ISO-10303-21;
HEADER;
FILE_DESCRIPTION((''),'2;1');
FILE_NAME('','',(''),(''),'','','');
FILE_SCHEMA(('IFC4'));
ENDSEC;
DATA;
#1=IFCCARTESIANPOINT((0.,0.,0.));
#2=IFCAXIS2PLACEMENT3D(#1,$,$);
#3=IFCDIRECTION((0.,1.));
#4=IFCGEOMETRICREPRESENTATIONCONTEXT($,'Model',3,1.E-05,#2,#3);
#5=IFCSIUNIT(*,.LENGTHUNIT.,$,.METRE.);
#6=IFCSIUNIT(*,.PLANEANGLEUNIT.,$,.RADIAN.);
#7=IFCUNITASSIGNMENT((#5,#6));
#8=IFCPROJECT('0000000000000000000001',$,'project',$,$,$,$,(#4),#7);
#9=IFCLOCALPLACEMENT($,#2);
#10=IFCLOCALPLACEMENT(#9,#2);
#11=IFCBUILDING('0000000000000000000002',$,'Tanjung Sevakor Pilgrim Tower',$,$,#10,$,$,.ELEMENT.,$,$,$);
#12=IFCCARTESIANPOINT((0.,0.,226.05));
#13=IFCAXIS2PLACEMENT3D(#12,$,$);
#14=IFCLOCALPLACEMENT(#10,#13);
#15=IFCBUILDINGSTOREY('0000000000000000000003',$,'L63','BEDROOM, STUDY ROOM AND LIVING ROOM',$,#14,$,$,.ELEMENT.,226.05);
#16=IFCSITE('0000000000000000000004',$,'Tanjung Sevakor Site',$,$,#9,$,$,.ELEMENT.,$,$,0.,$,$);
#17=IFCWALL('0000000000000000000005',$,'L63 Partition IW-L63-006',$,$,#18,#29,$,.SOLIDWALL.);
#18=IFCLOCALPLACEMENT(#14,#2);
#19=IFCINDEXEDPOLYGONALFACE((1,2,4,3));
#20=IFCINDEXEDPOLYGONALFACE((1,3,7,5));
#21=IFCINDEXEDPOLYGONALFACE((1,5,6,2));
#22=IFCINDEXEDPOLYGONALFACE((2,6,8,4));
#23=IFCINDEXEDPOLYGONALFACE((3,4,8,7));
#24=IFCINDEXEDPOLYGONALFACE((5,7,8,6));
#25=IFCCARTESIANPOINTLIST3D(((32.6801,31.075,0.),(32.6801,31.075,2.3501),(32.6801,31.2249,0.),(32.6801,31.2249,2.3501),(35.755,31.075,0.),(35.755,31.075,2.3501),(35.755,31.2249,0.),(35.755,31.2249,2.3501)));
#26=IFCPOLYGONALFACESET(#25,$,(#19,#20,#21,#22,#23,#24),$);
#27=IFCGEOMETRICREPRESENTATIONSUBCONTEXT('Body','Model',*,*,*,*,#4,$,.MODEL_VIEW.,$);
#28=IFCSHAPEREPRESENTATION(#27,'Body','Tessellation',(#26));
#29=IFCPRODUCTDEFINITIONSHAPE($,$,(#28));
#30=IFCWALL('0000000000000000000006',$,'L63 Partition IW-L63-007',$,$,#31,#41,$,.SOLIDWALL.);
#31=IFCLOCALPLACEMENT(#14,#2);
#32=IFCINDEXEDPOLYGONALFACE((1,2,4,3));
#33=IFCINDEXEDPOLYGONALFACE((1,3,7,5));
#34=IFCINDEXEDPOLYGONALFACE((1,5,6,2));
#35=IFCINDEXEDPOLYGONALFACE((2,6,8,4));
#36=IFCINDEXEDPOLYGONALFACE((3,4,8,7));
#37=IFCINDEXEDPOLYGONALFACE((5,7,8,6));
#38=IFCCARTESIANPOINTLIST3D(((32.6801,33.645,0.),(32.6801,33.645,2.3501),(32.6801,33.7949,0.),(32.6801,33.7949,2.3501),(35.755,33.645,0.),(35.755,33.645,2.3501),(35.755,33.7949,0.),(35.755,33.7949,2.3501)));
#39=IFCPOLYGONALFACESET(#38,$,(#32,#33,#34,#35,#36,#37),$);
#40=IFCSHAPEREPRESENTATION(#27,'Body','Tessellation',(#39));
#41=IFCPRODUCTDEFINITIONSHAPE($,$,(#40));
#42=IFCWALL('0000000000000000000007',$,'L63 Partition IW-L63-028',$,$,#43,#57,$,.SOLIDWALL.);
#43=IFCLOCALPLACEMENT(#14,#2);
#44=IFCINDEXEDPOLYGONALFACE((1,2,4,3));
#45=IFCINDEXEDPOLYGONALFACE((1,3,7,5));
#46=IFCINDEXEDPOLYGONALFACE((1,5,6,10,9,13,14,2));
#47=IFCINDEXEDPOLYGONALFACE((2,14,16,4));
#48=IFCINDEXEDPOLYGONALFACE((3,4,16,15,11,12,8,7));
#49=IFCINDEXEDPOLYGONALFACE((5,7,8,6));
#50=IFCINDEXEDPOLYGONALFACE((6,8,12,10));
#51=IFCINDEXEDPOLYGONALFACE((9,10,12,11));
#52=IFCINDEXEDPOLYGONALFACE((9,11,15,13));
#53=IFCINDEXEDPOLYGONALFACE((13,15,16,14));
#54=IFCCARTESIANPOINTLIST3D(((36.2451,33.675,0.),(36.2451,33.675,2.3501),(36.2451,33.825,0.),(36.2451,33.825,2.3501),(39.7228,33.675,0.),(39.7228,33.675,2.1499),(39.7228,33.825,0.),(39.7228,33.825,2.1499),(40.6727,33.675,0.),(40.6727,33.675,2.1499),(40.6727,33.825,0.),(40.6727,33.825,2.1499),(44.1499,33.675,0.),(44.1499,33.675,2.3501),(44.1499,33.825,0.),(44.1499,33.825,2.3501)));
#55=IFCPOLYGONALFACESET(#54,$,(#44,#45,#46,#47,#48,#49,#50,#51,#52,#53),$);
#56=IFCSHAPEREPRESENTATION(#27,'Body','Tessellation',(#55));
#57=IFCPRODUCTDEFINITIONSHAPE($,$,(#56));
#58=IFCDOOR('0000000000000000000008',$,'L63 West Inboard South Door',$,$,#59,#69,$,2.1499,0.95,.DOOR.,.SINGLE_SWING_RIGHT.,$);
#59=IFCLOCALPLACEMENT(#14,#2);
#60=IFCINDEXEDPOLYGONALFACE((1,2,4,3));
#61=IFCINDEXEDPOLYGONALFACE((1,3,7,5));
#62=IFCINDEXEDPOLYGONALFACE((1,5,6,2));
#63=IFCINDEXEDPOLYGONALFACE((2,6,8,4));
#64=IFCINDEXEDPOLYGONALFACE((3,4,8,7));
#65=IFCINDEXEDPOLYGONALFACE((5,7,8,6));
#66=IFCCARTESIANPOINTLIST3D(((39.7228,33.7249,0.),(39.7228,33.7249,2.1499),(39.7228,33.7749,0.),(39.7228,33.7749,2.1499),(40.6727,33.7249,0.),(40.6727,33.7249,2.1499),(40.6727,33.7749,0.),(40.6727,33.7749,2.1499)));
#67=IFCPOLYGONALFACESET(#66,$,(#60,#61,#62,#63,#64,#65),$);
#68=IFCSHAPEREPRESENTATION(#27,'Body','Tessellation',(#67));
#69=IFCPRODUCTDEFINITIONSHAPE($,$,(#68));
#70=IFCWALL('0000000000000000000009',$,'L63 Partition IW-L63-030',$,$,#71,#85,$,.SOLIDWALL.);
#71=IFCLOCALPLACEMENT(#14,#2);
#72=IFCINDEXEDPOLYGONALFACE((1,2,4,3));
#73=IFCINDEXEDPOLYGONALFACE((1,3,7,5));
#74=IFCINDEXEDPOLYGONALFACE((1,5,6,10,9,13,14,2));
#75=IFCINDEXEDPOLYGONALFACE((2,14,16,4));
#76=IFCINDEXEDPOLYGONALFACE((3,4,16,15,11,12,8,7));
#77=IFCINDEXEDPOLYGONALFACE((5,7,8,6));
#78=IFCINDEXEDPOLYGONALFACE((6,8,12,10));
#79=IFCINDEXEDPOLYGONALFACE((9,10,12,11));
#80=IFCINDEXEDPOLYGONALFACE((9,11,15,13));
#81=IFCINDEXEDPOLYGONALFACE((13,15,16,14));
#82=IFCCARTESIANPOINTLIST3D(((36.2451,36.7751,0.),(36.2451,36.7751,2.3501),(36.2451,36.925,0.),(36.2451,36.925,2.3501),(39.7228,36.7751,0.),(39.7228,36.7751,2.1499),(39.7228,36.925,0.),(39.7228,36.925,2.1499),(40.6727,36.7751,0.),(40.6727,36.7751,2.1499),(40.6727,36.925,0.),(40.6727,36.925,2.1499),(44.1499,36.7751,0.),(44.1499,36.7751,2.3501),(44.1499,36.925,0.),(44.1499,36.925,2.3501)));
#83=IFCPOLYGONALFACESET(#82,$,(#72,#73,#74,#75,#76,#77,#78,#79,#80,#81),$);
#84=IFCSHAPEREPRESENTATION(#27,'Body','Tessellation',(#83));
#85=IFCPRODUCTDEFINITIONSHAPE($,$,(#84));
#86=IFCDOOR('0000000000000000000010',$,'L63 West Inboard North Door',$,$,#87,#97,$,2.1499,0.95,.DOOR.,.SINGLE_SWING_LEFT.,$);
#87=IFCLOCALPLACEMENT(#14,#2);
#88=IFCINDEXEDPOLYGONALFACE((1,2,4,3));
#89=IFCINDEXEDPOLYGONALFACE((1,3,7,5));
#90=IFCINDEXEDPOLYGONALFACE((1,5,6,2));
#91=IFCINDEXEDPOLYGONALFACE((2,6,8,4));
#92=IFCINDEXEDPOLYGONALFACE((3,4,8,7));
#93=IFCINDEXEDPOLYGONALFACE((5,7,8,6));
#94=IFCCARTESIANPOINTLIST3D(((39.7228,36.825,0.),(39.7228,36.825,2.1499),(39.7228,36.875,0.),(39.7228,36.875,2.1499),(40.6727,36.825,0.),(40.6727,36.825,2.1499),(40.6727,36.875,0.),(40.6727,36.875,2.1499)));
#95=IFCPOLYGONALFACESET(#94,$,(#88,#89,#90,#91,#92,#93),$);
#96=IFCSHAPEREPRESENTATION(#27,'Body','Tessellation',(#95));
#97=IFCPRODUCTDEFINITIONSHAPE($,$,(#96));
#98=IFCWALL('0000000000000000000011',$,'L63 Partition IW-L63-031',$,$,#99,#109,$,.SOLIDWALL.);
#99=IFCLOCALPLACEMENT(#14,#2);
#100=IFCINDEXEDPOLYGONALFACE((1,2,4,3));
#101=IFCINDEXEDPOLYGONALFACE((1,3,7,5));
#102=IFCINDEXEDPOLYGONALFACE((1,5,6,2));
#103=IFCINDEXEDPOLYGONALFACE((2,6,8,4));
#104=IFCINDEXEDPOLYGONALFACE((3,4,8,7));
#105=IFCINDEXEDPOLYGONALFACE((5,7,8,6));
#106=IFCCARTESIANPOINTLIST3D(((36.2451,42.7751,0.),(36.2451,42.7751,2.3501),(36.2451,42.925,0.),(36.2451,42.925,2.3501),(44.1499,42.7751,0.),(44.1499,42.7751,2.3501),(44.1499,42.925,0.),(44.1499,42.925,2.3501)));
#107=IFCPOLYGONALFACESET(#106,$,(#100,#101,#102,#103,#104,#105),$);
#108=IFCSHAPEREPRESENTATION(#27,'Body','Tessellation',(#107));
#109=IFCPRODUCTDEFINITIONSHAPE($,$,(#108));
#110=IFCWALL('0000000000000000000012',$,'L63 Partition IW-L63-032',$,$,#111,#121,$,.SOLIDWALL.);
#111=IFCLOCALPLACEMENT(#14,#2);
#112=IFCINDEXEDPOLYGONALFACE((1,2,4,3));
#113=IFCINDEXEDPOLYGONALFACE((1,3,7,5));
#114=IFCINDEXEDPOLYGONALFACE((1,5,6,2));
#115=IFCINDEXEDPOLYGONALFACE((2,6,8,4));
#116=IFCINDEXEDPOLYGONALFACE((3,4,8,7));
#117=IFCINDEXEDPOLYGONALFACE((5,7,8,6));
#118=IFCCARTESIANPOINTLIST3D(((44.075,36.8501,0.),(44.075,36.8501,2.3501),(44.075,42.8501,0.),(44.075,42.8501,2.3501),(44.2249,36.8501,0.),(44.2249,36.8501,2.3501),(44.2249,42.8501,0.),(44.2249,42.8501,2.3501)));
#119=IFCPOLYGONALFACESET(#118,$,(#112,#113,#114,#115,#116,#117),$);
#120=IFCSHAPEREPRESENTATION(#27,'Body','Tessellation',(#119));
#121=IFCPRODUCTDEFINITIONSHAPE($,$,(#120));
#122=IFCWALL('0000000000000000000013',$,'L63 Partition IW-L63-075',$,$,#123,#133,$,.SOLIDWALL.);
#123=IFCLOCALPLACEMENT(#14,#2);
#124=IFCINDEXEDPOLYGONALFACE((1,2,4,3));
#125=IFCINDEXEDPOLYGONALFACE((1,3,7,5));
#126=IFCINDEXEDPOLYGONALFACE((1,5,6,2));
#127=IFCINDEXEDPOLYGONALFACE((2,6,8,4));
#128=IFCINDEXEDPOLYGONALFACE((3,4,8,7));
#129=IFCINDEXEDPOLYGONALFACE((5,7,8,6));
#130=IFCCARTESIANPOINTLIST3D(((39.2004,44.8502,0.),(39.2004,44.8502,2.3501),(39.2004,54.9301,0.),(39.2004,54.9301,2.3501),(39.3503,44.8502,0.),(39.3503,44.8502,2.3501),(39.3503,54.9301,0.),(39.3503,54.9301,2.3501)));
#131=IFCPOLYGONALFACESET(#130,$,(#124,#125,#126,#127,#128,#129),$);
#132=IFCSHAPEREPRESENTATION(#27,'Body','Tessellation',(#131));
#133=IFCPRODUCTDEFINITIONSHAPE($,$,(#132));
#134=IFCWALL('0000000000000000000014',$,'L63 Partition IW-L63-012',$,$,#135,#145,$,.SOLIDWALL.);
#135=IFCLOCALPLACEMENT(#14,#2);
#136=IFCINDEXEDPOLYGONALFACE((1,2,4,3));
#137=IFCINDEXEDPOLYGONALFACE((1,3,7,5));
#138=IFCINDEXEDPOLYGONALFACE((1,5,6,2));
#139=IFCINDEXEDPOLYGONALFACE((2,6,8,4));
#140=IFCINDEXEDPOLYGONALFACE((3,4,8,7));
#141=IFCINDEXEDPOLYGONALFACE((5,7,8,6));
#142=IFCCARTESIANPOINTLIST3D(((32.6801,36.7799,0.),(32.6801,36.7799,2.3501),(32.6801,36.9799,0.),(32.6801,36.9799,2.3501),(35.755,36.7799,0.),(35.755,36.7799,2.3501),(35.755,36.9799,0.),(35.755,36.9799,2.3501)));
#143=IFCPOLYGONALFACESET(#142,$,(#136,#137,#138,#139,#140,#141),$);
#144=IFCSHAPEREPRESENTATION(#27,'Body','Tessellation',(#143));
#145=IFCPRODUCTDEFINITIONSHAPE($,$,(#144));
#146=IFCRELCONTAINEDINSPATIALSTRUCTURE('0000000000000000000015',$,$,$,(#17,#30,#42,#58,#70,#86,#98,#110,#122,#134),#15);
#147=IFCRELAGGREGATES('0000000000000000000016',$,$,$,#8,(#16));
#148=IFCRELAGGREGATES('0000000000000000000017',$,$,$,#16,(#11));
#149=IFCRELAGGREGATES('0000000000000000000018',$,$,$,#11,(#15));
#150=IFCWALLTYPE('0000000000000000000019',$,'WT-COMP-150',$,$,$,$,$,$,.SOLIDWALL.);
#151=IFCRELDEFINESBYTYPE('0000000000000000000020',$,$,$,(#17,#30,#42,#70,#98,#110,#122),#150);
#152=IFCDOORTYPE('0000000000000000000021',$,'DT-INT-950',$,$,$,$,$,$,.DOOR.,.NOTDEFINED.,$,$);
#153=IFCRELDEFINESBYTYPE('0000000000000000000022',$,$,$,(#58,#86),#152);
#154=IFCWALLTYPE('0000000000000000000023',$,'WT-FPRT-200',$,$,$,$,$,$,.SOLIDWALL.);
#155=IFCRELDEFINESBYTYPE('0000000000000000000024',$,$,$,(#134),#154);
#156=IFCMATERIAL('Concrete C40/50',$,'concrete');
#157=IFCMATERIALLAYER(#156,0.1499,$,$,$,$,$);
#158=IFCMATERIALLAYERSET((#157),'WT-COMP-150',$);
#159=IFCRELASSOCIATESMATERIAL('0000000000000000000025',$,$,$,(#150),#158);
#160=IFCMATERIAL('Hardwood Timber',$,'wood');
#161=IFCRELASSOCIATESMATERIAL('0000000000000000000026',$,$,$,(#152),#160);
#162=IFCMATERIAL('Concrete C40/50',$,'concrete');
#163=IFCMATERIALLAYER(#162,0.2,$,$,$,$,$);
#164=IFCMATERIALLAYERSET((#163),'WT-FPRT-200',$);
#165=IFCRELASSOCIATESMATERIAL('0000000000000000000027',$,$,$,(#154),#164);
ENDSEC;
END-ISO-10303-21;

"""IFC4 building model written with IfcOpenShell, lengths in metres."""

from ifc_helpers import new_model, si_unit, direction, frame, frame_2d, origin, place, context, subcontext, project, spatial, rectangle, extrude, material, layer, layer_set, type_object, element, fill, save


model = new_model("IFC4")

# Units and contexts
model_context = context("Model", 3, precision=1e-05, world=origin(), true_north=direction((0.0, 1.0)))
body_context = subcontext(model_context, "Body", "Model", "MODEL_VIEW")
ifc_project = project(units=[si_unit("LENGTHUNIT", "METRE"), si_unit("PLANEANGLEUNIT", "RADIAN")], contexts=[model_context])

# Site, building, storey
site_placement = place(None, origin())
site = spatial("IfcSite", under=ifc_project, at=site_placement, Name="Tanjung Sevakor Site", CompositionType="ELEMENT", RefElevation=0.0)
building_placement = place(site_placement, origin())
building = spatial("IfcBuilding", under=site, at=building_placement, Name="Tanjung Sevakor Pilgrim Tower", CompositionType="ELEMENT")
storey_placement = place(building_placement, frame((0.0, 0.0, 226.05)))
storey = spatial("IfcBuildingStorey", under=building, at=storey_placement, Name="L63", Description="BEDROOM, STUDY ROOM AND LIVING ROOM", CompositionType="ELEMENT", Elevation=226.05)

# Walls
ifc_material_1 = material(Name="Concrete C40/50", Category="concrete")
ifc_layer_1 = layer(ifc_material_1, 0.1499)
ifc_layer_set_1 = layer_set([ifc_layer_1], Name="WT-COMP-150")
wall_type_1 = type_object("IfcWallType", Name="WT-COMP-150", PredefinedType="SOLIDWALL", material=ifc_layer_set_1)
for number, where, z_axis, x_axis, name in (
    (1, (32.6799, 31.1499, 0.0), (0.0, 0.0, 1.0), (1.0, 0.0, 0.0), "L63 Partition IW-L63-006"),
    (2, (32.6799, 33.72, 0.0), (0.0, 0.0, 1.0), (1.0, 0.0, 0.0), "L63 Partition IW-L63-007"),
):
    element("IfcWall", number, at=place(storey_placement, frame(where, z_axis=z_axis, x_axis=x_axis)), inside=storey, type_object=wall_type_1, Name=name, PredefinedType="SOLIDWALL", context=body_context, shape_type="SweptSolid", body=[
        extrude(rectangle(XDim=3.075, YDim=0.1499, at=frame_2d((1.5376, 0.0))), origin(), (0.0, 0.0, 1.0), 2.3501),
    ])

# Walls, openings, doors
wall_1_placement = place(storey_placement, frame((36.2451, 33.75, 0.0), z_axis=(0.0, 0.0, 1.0), x_axis=(1.0, 0.0, 0.0)))
wall_1 = element("IfcWall", 3, at=wall_1_placement, inside=storey, type_object=wall_type_1, Name="L63 Partition IW-L63-028", PredefinedType="SOLIDWALL", context=body_context, shape_type="SweptSolid", body=[
    extrude(rectangle(XDim=7.9048, YDim=0.1499, at=frame_2d((3.9524, 0.0))), origin(), (0.0, 0.0, 1.0), 2.3501),
])
opening_1_placement = place(wall_1_placement, frame((3.4775, 0.0, 0.0)))
opening_1 = element("IfcOpeningElement", 4, at=opening_1_placement, cuts=wall_1, PredefinedType="OPENING", context=body_context, shape_type="SweptSolid", body=[
    extrude(rectangle(XDim=0.95, YDim=2.1499, at=frame_2d((0.4751, 1.075))), frame((0.0, 0.085, 0.0), z_axis=(0.0, -1.0, 0.0), x_axis=(1.0, 0.0, 0.0)), (0.0, 0.0, 1.0), 0.1699),
])
ifc_material_2 = material(Name="Hardwood Timber", Category="wood")
door_type_1 = type_object("IfcDoorType", Name="DT-INT-950", OperationType="NOTDEFINED", PredefinedType="DOOR", material=ifc_material_2)
door_1_placement = place(opening_1_placement, origin())
door_1 = element("IfcDoor", 5, at=door_1_placement, inside=storey, type_object=door_type_1, Name="L63 West Inboard South Door", OperationType="SINGLE_SWING_RIGHT", OverallHeight=2.1499, OverallWidth=0.95, PredefinedType="DOOR", context=body_context, shape_type="SweptSolid", body=[
    extrude(rectangle(XDim=0.95, YDim=2.1499, at=frame_2d((0.4751, 1.075))), frame((0.0, 0.0249, 0.0), z_axis=(0.0, -1.0, 0.0), x_axis=(1.0, 0.0, 0.0)), (0.0, 0.0, 1.0), 0.05),
])
fill(opening_1, door_1)
wall_2_placement = place(storey_placement, frame((36.2451, 36.8501, 0.0), z_axis=(0.0, 0.0, 1.0), x_axis=(1.0, 0.0, 0.0)))
wall_2 = element("IfcWall", 6, at=wall_2_placement, inside=storey, type_object=wall_type_1, Name="L63 Partition IW-L63-030", PredefinedType="SOLIDWALL", context=body_context, shape_type="SweptSolid", body=[
    extrude(rectangle(XDim=7.9048, YDim=0.1499, at=frame_2d((3.9524, 0.0))), origin(), (0.0, 0.0, 1.0), 2.3501),
])
opening_2_placement = place(wall_2_placement, frame((3.4775, 0.0, 0.0)))
opening_2 = element("IfcOpeningElement", 7, at=opening_2_placement, cuts=wall_2, PredefinedType="OPENING", context=body_context, shape_type="SweptSolid", body=[
    extrude(rectangle(XDim=0.95, YDim=2.1499, at=frame_2d((0.4751, 1.075))), frame((0.0, 0.085, 0.0), z_axis=(0.0, -1.0, 0.0), x_axis=(1.0, 0.0, 0.0)), (0.0, 0.0, 1.0), 0.1699),
])
door_2_placement = place(opening_2_placement, origin())
door_2 = element("IfcDoor", 8, at=door_2_placement, inside=storey, type_object=door_type_1, Name="L63 West Inboard North Door", OperationType="SINGLE_SWING_LEFT", OverallHeight=2.1499, OverallWidth=0.95, PredefinedType="DOOR", context=body_context, shape_type="SweptSolid", body=[
    extrude(rectangle(XDim=0.95, YDim=2.1499, at=frame_2d((0.4751, 1.075))), frame((0.0, 0.0249, 0.0), z_axis=(0.0, -1.0, 0.0), x_axis=(1.0, 0.0, 0.0)), (0.0, 0.0, 1.0), 0.05),
])
fill(opening_2, door_2)

# Walls
wall_3_placement = place(storey_placement, frame((36.2451, 42.8501, 0.0), z_axis=(0.0, 0.0, 1.0), x_axis=(1.0, 0.0, 0.0)))
element("IfcWall", 9, at=wall_3_placement, inside=storey, type_object=wall_type_1, Name="L63 Partition IW-L63-031", PredefinedType="SOLIDWALL", context=body_context, shape_type="SweptSolid", body=[
    extrude(rectangle(XDim=7.9048, YDim=0.1499, at=frame_2d((3.9524, 0.0))), origin(), (0.0, 0.0, 1.0), 2.3501),
])
wall_4_placement = place(storey_placement, frame((44.1499, 36.8501, 0.0), z_axis=(0.0, 0.0, 1.0), x_axis=(0.0, 1.0, 0.0)))
element("IfcWall", 10, at=wall_4_placement, inside=storey, type_object=wall_type_1, Name="L63 Partition IW-L63-032", PredefinedType="SOLIDWALL", context=body_context, shape_type="SweptSolid", body=[
    extrude(rectangle(XDim=6.0, YDim=0.1499, at=frame_2d((3.0, 0.0))), origin(), (0.0, 0.0, 1.0), 2.3501),
])
wall_5_placement = place(storey_placement, frame((39.2754, 44.8501, 0.0), z_axis=(0.0, 0.0, 1.0), x_axis=(0.0, 1.0, 0.0)))
element("IfcWall", 11, at=wall_5_placement, inside=storey, type_object=wall_type_1, Name="L63 Partition IW-L63-075", PredefinedType="SOLIDWALL", context=body_context, shape_type="SweptSolid", body=[
    extrude(rectangle(XDim=10.0798, YDim=0.1499, at=frame_2d((5.04, 0.0))), origin(), (0.0, 0.0, 1.0), 2.3501),
])

# Wall
ifc_material_3 = material(Name="Concrete C40/50", Category="concrete")
ifc_layer_2 = layer(ifc_material_3, 0.2)
ifc_layer_set_2 = layer_set([ifc_layer_2], Name="WT-FPRT-200")
wall_type_2 = type_object("IfcWallType", Name="WT-FPRT-200", PredefinedType="SOLIDWALL", material=ifc_layer_set_2)
wall_6_placement = place(storey_placement, frame((32.6799, 36.8799, 0.0), z_axis=(0.0, 0.0, 1.0), x_axis=(1.0, 0.0, 0.0)))
element("IfcWall", 12, at=wall_6_placement, inside=storey, type_object=wall_type_2, Name="L63 Partition IW-L63-012", PredefinedType="SOLIDWALL", context=body_context, shape_type="SweptSolid", body=[
    extrude(rectangle(XDim=3.075, YDim=0.2, at=frame_2d((1.5376, 0.0))), origin(), (0.0, 0.0, 1.0), 2.3501),
])

save(model, "model.ifc")
